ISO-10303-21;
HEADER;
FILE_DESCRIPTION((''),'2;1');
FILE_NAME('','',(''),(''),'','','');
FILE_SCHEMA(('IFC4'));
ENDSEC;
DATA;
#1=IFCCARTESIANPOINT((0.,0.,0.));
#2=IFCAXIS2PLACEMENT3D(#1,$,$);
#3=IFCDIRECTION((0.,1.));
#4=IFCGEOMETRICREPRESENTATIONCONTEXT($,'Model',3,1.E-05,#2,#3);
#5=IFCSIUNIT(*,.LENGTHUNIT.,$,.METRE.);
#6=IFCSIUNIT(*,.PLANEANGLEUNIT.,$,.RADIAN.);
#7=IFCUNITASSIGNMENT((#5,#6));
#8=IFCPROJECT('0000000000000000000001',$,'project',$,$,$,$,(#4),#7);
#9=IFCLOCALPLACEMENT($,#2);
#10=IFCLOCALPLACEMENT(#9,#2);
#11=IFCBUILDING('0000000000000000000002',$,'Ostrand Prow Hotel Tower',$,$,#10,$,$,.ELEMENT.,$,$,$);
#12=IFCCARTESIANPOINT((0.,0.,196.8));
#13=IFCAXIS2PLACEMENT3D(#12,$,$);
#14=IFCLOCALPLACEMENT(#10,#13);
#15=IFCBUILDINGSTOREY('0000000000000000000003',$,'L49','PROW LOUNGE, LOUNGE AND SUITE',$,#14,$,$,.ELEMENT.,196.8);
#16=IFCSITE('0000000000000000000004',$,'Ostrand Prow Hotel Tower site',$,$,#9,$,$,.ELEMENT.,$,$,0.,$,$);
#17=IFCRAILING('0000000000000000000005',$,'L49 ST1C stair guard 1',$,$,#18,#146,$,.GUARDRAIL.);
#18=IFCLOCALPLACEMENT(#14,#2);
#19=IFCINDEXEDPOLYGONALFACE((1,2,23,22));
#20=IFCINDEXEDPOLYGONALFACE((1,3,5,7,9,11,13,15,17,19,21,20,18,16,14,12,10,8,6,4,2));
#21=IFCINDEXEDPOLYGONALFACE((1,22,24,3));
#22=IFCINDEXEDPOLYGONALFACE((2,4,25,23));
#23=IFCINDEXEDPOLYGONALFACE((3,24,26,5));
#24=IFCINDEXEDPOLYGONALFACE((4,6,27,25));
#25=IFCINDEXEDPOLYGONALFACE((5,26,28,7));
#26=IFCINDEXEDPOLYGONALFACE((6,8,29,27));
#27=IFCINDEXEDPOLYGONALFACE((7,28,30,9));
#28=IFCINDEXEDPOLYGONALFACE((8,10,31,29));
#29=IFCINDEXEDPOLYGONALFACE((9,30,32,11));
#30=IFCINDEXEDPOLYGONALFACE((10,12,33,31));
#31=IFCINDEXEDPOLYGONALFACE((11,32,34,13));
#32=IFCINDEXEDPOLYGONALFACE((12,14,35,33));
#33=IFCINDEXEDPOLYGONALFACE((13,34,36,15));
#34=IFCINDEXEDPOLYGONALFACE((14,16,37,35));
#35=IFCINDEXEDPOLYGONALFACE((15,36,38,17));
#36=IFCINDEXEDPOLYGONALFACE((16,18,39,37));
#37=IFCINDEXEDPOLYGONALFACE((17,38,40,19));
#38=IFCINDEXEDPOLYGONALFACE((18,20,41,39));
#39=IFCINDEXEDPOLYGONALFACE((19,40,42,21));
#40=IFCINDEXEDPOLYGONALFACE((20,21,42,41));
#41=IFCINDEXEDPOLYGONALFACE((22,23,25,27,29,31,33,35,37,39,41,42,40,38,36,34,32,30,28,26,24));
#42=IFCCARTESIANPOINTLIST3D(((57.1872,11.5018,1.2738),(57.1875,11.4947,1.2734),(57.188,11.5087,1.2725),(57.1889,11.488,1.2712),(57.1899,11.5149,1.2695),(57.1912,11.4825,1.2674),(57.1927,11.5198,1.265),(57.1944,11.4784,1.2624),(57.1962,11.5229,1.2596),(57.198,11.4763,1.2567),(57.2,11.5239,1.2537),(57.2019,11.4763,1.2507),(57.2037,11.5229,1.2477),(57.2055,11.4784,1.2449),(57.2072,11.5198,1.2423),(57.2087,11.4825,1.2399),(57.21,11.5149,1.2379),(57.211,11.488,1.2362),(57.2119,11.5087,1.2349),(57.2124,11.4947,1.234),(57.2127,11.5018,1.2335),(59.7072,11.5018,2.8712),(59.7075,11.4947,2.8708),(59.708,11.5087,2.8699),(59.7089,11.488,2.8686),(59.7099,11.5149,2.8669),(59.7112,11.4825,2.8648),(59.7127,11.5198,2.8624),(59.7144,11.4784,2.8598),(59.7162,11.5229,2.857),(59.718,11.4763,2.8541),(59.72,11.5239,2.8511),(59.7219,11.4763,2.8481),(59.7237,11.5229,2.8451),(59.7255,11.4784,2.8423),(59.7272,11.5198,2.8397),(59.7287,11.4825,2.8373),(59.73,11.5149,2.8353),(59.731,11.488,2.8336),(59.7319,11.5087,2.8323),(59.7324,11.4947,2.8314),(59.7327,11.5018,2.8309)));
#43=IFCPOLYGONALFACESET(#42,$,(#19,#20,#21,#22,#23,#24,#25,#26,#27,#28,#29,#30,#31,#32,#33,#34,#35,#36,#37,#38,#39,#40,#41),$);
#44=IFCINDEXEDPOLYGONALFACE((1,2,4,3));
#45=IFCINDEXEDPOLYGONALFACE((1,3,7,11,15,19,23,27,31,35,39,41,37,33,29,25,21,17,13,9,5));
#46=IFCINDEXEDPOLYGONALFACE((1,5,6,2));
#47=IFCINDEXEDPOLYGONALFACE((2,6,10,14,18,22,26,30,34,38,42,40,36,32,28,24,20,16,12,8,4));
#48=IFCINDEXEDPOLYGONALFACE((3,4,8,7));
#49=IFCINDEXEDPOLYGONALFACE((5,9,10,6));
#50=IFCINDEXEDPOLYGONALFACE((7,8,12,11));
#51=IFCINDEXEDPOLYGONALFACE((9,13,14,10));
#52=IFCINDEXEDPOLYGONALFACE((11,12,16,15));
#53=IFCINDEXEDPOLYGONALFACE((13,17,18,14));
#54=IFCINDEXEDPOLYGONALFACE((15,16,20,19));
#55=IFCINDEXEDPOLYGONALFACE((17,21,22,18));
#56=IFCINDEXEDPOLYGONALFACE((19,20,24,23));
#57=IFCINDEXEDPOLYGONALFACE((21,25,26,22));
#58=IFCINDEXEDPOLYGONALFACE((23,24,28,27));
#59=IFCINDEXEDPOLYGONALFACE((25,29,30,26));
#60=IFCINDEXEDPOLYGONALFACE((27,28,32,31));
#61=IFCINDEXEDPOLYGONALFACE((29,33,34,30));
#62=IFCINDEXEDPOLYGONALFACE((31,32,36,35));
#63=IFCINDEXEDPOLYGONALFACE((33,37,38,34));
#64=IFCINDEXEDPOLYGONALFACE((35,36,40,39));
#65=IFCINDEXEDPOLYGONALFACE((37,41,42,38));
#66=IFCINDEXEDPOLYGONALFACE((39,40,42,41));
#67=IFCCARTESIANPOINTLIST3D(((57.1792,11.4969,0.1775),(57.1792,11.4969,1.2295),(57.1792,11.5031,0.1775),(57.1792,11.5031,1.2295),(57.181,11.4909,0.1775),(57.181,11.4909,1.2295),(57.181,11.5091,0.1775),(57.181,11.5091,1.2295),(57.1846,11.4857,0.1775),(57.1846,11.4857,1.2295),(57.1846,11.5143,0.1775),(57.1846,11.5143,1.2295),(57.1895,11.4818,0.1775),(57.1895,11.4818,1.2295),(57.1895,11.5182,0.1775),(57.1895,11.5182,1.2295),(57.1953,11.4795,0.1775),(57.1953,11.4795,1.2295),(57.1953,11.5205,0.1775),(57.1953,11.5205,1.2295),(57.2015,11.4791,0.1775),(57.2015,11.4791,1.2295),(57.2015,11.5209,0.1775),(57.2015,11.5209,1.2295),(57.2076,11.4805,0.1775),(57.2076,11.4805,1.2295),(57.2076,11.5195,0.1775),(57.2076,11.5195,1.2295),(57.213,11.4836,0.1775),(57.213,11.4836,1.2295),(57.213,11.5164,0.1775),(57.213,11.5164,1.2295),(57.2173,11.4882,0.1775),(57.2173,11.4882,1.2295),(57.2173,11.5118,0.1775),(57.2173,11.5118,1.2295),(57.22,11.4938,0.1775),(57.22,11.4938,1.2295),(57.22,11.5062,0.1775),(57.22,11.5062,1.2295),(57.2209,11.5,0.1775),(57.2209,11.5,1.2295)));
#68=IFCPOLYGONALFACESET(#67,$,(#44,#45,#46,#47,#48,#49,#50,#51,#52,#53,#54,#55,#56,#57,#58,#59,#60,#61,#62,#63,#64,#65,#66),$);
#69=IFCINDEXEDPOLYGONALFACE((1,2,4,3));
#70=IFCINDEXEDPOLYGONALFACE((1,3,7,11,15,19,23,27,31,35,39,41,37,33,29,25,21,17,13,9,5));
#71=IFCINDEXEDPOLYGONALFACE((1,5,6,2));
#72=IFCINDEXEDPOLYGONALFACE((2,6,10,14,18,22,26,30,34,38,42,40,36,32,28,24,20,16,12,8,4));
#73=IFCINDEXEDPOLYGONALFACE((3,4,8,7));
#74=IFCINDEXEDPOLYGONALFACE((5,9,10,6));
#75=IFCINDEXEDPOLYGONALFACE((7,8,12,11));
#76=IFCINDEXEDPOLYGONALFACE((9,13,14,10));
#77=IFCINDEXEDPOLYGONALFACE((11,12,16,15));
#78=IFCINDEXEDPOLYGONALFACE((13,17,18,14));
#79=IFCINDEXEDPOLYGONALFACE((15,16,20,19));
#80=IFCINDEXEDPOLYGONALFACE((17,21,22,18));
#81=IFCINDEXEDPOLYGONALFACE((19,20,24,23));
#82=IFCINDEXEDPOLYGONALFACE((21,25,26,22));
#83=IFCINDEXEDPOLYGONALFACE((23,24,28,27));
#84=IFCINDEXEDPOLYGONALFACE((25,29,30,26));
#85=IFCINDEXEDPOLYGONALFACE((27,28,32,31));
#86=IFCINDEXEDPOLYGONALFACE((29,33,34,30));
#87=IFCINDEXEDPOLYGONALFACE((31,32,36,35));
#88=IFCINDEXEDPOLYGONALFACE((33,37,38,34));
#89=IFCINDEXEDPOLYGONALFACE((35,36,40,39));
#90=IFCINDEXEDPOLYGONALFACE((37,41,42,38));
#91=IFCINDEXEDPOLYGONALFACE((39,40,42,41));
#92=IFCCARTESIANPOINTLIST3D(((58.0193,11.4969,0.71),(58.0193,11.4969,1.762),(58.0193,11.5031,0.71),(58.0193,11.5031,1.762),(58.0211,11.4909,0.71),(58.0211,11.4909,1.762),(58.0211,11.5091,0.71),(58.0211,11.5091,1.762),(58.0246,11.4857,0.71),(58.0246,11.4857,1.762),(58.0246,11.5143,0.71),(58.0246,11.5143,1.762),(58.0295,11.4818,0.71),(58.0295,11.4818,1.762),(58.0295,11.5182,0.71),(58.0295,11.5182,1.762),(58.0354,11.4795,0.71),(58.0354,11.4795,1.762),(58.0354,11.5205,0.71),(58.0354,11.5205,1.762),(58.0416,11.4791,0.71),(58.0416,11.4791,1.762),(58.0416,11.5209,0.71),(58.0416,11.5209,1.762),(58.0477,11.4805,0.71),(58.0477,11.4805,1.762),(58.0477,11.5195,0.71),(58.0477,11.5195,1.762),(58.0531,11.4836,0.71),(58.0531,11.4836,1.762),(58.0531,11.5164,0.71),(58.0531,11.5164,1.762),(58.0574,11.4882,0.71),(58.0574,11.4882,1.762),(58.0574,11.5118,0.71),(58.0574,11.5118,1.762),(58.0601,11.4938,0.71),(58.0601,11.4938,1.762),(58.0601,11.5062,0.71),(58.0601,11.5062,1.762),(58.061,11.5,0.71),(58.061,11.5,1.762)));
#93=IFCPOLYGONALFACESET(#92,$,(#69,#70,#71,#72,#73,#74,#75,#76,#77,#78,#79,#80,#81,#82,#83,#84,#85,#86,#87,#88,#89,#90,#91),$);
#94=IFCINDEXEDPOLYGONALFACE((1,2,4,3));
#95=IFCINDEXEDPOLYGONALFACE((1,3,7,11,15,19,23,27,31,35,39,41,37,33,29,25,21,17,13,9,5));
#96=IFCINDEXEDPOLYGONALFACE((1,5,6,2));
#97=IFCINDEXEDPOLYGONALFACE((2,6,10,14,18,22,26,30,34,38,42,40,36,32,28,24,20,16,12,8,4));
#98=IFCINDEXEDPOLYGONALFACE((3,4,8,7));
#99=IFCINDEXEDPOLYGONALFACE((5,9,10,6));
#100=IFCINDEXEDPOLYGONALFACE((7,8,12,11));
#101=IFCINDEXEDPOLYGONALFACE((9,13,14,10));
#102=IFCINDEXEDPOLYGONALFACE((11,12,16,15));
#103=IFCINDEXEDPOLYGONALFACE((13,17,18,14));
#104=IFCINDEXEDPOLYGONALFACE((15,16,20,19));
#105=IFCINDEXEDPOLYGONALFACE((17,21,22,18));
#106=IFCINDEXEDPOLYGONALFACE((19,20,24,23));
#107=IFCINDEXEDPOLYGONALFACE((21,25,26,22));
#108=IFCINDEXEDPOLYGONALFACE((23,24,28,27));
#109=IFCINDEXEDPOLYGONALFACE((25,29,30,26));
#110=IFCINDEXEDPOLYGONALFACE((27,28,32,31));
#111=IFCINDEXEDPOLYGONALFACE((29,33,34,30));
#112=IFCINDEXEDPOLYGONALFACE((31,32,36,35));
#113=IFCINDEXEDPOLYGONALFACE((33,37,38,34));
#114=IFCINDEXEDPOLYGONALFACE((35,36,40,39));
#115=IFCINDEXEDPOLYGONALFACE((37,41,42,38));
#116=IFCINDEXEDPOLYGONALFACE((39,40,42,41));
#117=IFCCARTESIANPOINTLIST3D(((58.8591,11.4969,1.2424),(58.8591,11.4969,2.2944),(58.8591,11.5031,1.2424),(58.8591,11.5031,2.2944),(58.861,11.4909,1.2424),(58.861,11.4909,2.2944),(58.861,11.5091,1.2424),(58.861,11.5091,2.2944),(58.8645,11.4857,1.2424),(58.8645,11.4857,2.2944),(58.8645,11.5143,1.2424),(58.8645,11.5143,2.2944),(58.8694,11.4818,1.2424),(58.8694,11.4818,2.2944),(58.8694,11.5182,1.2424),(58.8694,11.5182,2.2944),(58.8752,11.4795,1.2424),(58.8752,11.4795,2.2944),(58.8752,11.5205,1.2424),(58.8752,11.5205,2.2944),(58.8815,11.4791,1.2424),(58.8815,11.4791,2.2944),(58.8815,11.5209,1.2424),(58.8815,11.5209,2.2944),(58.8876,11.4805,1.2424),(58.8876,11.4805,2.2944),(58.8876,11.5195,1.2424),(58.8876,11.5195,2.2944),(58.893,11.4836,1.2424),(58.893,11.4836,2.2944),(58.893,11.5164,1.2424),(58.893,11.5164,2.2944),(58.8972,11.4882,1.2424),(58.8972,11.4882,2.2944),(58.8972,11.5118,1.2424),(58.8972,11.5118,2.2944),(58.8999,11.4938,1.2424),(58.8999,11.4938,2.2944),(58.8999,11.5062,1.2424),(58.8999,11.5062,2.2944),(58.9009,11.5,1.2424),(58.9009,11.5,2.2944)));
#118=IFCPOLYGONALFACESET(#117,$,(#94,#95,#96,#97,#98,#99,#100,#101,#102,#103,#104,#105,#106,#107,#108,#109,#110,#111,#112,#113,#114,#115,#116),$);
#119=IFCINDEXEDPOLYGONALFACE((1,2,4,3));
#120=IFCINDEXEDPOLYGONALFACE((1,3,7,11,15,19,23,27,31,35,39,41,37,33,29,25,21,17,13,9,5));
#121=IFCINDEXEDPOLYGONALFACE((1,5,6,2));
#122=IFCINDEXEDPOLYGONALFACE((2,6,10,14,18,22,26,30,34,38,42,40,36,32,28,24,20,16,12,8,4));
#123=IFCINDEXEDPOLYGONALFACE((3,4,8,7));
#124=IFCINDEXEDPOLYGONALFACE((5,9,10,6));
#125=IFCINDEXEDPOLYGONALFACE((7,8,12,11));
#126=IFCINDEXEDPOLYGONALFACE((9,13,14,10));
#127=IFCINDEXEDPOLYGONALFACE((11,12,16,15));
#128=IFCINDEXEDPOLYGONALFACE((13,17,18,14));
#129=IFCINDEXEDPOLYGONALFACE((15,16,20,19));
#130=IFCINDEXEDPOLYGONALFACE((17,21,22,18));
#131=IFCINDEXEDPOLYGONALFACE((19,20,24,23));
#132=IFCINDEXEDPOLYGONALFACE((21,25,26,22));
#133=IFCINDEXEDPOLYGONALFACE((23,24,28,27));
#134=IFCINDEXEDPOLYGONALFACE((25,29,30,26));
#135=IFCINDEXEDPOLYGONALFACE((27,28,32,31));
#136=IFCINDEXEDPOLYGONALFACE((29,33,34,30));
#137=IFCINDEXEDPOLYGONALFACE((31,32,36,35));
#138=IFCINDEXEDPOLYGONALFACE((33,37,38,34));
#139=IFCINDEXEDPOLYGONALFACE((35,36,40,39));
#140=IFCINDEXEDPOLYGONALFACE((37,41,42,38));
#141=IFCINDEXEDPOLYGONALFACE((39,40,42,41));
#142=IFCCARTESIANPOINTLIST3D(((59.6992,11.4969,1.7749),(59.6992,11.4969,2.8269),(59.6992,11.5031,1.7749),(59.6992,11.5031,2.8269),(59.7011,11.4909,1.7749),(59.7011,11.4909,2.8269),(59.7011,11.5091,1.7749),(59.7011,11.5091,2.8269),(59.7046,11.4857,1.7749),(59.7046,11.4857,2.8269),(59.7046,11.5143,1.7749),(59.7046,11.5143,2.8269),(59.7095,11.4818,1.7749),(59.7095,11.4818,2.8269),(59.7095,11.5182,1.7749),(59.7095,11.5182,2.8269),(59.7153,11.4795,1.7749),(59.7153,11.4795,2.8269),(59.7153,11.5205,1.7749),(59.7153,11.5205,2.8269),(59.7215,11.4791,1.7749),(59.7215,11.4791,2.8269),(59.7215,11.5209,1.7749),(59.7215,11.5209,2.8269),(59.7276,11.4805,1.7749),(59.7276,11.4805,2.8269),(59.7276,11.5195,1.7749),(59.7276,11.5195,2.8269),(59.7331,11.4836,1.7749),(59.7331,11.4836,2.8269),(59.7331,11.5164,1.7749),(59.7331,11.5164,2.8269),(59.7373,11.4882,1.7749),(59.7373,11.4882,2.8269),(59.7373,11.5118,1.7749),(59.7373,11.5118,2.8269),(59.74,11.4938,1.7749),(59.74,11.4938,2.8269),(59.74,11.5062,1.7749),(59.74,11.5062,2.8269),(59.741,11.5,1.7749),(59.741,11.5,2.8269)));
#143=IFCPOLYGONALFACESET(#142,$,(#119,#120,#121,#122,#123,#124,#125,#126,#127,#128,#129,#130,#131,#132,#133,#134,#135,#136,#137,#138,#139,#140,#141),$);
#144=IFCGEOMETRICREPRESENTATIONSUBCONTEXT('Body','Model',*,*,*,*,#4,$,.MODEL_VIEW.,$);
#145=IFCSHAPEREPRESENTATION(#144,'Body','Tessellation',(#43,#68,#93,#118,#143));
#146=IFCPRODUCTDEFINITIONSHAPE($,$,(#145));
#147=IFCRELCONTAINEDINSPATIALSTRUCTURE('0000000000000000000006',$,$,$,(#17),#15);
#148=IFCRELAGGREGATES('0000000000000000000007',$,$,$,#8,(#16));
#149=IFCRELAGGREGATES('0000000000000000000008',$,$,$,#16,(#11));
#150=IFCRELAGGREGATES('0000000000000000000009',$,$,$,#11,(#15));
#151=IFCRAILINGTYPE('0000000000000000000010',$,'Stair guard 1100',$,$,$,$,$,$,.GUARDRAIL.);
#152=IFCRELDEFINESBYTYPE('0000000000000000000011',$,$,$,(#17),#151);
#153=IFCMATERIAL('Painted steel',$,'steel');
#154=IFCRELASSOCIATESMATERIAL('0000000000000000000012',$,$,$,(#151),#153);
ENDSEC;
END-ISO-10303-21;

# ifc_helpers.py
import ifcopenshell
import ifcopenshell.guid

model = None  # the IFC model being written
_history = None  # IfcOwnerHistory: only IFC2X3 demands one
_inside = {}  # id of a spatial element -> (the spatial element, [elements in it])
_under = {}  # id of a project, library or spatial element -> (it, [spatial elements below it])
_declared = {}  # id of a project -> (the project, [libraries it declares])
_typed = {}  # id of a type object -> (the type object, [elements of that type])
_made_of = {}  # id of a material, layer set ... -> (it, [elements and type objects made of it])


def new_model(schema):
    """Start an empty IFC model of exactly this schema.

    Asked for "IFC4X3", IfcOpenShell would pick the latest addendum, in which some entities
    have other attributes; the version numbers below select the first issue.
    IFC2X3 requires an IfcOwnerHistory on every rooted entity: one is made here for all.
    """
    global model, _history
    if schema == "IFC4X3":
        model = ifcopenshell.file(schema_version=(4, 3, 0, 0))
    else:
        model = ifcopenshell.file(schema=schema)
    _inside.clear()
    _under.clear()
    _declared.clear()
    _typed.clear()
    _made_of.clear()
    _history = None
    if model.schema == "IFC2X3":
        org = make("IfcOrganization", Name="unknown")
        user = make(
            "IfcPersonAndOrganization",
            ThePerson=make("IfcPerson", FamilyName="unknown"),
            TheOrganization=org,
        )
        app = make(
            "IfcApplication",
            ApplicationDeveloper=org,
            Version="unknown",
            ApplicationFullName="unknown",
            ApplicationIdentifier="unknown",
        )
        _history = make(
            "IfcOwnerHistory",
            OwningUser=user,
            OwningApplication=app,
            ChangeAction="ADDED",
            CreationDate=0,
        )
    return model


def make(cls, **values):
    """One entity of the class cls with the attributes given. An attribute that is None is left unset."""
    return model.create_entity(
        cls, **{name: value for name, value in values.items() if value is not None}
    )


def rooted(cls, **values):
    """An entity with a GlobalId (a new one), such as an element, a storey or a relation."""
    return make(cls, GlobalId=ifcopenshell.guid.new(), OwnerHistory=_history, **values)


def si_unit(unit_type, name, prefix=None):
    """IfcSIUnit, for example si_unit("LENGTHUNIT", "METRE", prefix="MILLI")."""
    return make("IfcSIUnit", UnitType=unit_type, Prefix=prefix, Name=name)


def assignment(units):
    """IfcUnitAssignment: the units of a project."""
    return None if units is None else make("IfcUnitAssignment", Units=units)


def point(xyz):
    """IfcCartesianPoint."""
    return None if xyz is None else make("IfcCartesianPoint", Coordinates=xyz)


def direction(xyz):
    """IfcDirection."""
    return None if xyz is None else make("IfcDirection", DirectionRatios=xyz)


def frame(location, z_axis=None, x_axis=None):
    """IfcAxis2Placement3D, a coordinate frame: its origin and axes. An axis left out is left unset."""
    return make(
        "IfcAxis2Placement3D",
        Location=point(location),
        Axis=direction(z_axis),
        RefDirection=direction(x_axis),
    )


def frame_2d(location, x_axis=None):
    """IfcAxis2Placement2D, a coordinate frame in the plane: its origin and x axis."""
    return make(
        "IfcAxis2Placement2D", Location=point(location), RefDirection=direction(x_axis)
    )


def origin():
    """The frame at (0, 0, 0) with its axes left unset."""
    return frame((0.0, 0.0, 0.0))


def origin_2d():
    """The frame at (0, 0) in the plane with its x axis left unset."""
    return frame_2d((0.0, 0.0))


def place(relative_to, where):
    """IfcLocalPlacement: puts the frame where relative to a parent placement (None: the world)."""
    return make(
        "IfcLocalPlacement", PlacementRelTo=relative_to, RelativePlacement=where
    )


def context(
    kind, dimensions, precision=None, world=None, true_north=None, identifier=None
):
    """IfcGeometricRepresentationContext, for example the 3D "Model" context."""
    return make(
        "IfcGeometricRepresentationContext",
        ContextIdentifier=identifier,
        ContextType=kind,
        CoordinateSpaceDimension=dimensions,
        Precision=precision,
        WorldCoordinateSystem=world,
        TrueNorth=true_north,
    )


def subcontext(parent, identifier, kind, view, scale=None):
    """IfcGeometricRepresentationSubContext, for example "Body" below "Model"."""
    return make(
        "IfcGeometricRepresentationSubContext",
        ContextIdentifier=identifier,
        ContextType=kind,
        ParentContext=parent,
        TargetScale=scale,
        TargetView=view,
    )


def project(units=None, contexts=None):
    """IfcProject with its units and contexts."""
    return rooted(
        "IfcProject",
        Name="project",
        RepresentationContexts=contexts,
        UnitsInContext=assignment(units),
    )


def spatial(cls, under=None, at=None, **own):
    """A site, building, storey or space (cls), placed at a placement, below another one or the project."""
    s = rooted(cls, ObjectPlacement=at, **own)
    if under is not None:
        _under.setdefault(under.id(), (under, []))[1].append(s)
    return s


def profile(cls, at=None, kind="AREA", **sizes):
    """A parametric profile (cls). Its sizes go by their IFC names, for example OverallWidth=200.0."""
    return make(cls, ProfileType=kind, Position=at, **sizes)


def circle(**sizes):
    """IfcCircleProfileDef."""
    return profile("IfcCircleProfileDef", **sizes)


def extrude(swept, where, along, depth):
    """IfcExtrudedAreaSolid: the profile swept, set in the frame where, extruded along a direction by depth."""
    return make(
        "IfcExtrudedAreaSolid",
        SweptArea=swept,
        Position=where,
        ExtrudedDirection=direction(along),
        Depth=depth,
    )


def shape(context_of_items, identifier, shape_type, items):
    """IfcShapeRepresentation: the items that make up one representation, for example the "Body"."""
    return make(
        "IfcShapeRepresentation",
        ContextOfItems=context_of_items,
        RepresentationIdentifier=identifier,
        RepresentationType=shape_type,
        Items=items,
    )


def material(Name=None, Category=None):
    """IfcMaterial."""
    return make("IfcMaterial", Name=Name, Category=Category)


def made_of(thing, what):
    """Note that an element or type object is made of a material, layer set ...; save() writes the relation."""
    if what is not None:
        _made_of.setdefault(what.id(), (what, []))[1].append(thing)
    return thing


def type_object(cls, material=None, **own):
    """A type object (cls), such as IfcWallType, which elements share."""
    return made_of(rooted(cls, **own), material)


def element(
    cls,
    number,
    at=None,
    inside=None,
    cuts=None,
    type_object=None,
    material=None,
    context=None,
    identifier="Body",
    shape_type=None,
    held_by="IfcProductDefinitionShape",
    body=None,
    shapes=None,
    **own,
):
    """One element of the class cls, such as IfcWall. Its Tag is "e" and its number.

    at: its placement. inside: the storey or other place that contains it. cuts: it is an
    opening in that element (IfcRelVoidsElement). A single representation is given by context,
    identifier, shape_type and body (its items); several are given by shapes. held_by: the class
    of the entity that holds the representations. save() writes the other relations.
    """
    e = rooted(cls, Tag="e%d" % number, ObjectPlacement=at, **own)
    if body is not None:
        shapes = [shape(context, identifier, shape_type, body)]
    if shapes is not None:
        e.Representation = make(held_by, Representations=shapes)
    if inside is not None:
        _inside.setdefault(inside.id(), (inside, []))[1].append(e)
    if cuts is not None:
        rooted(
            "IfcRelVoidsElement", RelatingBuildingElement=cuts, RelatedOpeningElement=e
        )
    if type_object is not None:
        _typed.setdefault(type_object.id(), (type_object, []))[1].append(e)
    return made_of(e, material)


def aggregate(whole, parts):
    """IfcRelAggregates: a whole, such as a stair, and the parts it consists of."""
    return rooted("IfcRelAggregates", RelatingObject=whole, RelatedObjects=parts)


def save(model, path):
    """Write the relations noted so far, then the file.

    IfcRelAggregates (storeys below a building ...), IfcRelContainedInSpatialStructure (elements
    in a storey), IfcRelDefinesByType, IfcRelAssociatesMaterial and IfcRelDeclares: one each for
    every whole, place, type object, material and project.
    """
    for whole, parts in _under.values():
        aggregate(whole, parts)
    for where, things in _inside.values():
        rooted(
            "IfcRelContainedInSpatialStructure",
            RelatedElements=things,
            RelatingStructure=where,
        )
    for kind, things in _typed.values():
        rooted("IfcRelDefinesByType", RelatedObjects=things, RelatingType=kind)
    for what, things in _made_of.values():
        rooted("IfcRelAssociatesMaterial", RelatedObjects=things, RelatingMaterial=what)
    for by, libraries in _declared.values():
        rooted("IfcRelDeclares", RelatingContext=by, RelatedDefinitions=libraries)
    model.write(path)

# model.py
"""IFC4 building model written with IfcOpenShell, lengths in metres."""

from ifc_helpers import new_model, si_unit, direction, frame, origin, origin_2d, place, context, subcontext, project, spatial, circle, extrude, material, type_object, element, save


model = new_model("IFC4")

# Units and contexts
model_context = context("Model", 3, precision=1e-05, world=origin(), true_north=direction((0.0, 1.0)))
body_context = subcontext(model_context, "Body", "Model", "MODEL_VIEW")
ifc_project = project(units=[si_unit("LENGTHUNIT", "METRE"), si_unit("PLANEANGLEUNIT", "RADIAN")], contexts=[model_context])

# Site, building, storey
site_placement = place(None, origin())
site = spatial("IfcSite", under=ifc_project, at=site_placement, Name="Ostrand Prow Hotel Tower site", CompositionType="ELEMENT", RefElevation=0.0)
building_placement = place(site_placement, origin())
building = spatial("IfcBuilding", under=site, at=building_placement, Name="Ostrand Prow Hotel Tower", CompositionType="ELEMENT")
storey_placement = place(building_placement, frame((0.0, 0.0, 196.8)))
storey = spatial("IfcBuildingStorey", under=building, at=storey_placement, Name="L49", Description="PROW LOUNGE, LOUNGE AND SUITE", CompositionType="ELEMENT", Elevation=196.8)

# Railing
ifc_material_1 = material(Name="Painted steel", Category="steel")
railing_type_1 = type_object("IfcRailingType", Name="Stair guard 1100", PredefinedType="GUARDRAIL", material=ifc_material_1)
railing_1_placement = place(storey_placement, frame((57.2, 11.5, 0.1775)))
element("IfcRailing", 1, at=railing_1_placement, inside=storey, type_object=railing_type_1, Name="L49 ST1C stair guard 1", PredefinedType="GUARDRAIL", context=body_context, shape_type="SweptSolid", body=[
    extrude(circle(Radius=0.0239, at=origin_2d()), frame((0.0, 0.0, 1.0762), z_axis=(0.844607, 0.0, 0.535387), x_axis=(0.0, 1.0, 0.0)), (0.0, 0.0, 1.0), 2.9836),
    extrude(circle(Radius=0.021, at=origin_2d()), origin(), (0.0, 0.0, 1.0), 1.052),
    extrude(circle(Radius=0.021, at=origin_2d()), frame((0.8401, 0.0, 0.5325)), (0.0, 0.0, 1.0), 1.052),
    extrude(circle(Radius=0.021, at=origin_2d()), frame((1.6799, 0.0, 1.0649)), (0.0, 0.0, 1.0), 1.052),
    extrude(circle(Radius=0.021, at=origin_2d()), frame((2.52, 0.0, 1.5974)), (0.0, 0.0, 1.0), 1.052),
])

save(model, "model.ifc")
